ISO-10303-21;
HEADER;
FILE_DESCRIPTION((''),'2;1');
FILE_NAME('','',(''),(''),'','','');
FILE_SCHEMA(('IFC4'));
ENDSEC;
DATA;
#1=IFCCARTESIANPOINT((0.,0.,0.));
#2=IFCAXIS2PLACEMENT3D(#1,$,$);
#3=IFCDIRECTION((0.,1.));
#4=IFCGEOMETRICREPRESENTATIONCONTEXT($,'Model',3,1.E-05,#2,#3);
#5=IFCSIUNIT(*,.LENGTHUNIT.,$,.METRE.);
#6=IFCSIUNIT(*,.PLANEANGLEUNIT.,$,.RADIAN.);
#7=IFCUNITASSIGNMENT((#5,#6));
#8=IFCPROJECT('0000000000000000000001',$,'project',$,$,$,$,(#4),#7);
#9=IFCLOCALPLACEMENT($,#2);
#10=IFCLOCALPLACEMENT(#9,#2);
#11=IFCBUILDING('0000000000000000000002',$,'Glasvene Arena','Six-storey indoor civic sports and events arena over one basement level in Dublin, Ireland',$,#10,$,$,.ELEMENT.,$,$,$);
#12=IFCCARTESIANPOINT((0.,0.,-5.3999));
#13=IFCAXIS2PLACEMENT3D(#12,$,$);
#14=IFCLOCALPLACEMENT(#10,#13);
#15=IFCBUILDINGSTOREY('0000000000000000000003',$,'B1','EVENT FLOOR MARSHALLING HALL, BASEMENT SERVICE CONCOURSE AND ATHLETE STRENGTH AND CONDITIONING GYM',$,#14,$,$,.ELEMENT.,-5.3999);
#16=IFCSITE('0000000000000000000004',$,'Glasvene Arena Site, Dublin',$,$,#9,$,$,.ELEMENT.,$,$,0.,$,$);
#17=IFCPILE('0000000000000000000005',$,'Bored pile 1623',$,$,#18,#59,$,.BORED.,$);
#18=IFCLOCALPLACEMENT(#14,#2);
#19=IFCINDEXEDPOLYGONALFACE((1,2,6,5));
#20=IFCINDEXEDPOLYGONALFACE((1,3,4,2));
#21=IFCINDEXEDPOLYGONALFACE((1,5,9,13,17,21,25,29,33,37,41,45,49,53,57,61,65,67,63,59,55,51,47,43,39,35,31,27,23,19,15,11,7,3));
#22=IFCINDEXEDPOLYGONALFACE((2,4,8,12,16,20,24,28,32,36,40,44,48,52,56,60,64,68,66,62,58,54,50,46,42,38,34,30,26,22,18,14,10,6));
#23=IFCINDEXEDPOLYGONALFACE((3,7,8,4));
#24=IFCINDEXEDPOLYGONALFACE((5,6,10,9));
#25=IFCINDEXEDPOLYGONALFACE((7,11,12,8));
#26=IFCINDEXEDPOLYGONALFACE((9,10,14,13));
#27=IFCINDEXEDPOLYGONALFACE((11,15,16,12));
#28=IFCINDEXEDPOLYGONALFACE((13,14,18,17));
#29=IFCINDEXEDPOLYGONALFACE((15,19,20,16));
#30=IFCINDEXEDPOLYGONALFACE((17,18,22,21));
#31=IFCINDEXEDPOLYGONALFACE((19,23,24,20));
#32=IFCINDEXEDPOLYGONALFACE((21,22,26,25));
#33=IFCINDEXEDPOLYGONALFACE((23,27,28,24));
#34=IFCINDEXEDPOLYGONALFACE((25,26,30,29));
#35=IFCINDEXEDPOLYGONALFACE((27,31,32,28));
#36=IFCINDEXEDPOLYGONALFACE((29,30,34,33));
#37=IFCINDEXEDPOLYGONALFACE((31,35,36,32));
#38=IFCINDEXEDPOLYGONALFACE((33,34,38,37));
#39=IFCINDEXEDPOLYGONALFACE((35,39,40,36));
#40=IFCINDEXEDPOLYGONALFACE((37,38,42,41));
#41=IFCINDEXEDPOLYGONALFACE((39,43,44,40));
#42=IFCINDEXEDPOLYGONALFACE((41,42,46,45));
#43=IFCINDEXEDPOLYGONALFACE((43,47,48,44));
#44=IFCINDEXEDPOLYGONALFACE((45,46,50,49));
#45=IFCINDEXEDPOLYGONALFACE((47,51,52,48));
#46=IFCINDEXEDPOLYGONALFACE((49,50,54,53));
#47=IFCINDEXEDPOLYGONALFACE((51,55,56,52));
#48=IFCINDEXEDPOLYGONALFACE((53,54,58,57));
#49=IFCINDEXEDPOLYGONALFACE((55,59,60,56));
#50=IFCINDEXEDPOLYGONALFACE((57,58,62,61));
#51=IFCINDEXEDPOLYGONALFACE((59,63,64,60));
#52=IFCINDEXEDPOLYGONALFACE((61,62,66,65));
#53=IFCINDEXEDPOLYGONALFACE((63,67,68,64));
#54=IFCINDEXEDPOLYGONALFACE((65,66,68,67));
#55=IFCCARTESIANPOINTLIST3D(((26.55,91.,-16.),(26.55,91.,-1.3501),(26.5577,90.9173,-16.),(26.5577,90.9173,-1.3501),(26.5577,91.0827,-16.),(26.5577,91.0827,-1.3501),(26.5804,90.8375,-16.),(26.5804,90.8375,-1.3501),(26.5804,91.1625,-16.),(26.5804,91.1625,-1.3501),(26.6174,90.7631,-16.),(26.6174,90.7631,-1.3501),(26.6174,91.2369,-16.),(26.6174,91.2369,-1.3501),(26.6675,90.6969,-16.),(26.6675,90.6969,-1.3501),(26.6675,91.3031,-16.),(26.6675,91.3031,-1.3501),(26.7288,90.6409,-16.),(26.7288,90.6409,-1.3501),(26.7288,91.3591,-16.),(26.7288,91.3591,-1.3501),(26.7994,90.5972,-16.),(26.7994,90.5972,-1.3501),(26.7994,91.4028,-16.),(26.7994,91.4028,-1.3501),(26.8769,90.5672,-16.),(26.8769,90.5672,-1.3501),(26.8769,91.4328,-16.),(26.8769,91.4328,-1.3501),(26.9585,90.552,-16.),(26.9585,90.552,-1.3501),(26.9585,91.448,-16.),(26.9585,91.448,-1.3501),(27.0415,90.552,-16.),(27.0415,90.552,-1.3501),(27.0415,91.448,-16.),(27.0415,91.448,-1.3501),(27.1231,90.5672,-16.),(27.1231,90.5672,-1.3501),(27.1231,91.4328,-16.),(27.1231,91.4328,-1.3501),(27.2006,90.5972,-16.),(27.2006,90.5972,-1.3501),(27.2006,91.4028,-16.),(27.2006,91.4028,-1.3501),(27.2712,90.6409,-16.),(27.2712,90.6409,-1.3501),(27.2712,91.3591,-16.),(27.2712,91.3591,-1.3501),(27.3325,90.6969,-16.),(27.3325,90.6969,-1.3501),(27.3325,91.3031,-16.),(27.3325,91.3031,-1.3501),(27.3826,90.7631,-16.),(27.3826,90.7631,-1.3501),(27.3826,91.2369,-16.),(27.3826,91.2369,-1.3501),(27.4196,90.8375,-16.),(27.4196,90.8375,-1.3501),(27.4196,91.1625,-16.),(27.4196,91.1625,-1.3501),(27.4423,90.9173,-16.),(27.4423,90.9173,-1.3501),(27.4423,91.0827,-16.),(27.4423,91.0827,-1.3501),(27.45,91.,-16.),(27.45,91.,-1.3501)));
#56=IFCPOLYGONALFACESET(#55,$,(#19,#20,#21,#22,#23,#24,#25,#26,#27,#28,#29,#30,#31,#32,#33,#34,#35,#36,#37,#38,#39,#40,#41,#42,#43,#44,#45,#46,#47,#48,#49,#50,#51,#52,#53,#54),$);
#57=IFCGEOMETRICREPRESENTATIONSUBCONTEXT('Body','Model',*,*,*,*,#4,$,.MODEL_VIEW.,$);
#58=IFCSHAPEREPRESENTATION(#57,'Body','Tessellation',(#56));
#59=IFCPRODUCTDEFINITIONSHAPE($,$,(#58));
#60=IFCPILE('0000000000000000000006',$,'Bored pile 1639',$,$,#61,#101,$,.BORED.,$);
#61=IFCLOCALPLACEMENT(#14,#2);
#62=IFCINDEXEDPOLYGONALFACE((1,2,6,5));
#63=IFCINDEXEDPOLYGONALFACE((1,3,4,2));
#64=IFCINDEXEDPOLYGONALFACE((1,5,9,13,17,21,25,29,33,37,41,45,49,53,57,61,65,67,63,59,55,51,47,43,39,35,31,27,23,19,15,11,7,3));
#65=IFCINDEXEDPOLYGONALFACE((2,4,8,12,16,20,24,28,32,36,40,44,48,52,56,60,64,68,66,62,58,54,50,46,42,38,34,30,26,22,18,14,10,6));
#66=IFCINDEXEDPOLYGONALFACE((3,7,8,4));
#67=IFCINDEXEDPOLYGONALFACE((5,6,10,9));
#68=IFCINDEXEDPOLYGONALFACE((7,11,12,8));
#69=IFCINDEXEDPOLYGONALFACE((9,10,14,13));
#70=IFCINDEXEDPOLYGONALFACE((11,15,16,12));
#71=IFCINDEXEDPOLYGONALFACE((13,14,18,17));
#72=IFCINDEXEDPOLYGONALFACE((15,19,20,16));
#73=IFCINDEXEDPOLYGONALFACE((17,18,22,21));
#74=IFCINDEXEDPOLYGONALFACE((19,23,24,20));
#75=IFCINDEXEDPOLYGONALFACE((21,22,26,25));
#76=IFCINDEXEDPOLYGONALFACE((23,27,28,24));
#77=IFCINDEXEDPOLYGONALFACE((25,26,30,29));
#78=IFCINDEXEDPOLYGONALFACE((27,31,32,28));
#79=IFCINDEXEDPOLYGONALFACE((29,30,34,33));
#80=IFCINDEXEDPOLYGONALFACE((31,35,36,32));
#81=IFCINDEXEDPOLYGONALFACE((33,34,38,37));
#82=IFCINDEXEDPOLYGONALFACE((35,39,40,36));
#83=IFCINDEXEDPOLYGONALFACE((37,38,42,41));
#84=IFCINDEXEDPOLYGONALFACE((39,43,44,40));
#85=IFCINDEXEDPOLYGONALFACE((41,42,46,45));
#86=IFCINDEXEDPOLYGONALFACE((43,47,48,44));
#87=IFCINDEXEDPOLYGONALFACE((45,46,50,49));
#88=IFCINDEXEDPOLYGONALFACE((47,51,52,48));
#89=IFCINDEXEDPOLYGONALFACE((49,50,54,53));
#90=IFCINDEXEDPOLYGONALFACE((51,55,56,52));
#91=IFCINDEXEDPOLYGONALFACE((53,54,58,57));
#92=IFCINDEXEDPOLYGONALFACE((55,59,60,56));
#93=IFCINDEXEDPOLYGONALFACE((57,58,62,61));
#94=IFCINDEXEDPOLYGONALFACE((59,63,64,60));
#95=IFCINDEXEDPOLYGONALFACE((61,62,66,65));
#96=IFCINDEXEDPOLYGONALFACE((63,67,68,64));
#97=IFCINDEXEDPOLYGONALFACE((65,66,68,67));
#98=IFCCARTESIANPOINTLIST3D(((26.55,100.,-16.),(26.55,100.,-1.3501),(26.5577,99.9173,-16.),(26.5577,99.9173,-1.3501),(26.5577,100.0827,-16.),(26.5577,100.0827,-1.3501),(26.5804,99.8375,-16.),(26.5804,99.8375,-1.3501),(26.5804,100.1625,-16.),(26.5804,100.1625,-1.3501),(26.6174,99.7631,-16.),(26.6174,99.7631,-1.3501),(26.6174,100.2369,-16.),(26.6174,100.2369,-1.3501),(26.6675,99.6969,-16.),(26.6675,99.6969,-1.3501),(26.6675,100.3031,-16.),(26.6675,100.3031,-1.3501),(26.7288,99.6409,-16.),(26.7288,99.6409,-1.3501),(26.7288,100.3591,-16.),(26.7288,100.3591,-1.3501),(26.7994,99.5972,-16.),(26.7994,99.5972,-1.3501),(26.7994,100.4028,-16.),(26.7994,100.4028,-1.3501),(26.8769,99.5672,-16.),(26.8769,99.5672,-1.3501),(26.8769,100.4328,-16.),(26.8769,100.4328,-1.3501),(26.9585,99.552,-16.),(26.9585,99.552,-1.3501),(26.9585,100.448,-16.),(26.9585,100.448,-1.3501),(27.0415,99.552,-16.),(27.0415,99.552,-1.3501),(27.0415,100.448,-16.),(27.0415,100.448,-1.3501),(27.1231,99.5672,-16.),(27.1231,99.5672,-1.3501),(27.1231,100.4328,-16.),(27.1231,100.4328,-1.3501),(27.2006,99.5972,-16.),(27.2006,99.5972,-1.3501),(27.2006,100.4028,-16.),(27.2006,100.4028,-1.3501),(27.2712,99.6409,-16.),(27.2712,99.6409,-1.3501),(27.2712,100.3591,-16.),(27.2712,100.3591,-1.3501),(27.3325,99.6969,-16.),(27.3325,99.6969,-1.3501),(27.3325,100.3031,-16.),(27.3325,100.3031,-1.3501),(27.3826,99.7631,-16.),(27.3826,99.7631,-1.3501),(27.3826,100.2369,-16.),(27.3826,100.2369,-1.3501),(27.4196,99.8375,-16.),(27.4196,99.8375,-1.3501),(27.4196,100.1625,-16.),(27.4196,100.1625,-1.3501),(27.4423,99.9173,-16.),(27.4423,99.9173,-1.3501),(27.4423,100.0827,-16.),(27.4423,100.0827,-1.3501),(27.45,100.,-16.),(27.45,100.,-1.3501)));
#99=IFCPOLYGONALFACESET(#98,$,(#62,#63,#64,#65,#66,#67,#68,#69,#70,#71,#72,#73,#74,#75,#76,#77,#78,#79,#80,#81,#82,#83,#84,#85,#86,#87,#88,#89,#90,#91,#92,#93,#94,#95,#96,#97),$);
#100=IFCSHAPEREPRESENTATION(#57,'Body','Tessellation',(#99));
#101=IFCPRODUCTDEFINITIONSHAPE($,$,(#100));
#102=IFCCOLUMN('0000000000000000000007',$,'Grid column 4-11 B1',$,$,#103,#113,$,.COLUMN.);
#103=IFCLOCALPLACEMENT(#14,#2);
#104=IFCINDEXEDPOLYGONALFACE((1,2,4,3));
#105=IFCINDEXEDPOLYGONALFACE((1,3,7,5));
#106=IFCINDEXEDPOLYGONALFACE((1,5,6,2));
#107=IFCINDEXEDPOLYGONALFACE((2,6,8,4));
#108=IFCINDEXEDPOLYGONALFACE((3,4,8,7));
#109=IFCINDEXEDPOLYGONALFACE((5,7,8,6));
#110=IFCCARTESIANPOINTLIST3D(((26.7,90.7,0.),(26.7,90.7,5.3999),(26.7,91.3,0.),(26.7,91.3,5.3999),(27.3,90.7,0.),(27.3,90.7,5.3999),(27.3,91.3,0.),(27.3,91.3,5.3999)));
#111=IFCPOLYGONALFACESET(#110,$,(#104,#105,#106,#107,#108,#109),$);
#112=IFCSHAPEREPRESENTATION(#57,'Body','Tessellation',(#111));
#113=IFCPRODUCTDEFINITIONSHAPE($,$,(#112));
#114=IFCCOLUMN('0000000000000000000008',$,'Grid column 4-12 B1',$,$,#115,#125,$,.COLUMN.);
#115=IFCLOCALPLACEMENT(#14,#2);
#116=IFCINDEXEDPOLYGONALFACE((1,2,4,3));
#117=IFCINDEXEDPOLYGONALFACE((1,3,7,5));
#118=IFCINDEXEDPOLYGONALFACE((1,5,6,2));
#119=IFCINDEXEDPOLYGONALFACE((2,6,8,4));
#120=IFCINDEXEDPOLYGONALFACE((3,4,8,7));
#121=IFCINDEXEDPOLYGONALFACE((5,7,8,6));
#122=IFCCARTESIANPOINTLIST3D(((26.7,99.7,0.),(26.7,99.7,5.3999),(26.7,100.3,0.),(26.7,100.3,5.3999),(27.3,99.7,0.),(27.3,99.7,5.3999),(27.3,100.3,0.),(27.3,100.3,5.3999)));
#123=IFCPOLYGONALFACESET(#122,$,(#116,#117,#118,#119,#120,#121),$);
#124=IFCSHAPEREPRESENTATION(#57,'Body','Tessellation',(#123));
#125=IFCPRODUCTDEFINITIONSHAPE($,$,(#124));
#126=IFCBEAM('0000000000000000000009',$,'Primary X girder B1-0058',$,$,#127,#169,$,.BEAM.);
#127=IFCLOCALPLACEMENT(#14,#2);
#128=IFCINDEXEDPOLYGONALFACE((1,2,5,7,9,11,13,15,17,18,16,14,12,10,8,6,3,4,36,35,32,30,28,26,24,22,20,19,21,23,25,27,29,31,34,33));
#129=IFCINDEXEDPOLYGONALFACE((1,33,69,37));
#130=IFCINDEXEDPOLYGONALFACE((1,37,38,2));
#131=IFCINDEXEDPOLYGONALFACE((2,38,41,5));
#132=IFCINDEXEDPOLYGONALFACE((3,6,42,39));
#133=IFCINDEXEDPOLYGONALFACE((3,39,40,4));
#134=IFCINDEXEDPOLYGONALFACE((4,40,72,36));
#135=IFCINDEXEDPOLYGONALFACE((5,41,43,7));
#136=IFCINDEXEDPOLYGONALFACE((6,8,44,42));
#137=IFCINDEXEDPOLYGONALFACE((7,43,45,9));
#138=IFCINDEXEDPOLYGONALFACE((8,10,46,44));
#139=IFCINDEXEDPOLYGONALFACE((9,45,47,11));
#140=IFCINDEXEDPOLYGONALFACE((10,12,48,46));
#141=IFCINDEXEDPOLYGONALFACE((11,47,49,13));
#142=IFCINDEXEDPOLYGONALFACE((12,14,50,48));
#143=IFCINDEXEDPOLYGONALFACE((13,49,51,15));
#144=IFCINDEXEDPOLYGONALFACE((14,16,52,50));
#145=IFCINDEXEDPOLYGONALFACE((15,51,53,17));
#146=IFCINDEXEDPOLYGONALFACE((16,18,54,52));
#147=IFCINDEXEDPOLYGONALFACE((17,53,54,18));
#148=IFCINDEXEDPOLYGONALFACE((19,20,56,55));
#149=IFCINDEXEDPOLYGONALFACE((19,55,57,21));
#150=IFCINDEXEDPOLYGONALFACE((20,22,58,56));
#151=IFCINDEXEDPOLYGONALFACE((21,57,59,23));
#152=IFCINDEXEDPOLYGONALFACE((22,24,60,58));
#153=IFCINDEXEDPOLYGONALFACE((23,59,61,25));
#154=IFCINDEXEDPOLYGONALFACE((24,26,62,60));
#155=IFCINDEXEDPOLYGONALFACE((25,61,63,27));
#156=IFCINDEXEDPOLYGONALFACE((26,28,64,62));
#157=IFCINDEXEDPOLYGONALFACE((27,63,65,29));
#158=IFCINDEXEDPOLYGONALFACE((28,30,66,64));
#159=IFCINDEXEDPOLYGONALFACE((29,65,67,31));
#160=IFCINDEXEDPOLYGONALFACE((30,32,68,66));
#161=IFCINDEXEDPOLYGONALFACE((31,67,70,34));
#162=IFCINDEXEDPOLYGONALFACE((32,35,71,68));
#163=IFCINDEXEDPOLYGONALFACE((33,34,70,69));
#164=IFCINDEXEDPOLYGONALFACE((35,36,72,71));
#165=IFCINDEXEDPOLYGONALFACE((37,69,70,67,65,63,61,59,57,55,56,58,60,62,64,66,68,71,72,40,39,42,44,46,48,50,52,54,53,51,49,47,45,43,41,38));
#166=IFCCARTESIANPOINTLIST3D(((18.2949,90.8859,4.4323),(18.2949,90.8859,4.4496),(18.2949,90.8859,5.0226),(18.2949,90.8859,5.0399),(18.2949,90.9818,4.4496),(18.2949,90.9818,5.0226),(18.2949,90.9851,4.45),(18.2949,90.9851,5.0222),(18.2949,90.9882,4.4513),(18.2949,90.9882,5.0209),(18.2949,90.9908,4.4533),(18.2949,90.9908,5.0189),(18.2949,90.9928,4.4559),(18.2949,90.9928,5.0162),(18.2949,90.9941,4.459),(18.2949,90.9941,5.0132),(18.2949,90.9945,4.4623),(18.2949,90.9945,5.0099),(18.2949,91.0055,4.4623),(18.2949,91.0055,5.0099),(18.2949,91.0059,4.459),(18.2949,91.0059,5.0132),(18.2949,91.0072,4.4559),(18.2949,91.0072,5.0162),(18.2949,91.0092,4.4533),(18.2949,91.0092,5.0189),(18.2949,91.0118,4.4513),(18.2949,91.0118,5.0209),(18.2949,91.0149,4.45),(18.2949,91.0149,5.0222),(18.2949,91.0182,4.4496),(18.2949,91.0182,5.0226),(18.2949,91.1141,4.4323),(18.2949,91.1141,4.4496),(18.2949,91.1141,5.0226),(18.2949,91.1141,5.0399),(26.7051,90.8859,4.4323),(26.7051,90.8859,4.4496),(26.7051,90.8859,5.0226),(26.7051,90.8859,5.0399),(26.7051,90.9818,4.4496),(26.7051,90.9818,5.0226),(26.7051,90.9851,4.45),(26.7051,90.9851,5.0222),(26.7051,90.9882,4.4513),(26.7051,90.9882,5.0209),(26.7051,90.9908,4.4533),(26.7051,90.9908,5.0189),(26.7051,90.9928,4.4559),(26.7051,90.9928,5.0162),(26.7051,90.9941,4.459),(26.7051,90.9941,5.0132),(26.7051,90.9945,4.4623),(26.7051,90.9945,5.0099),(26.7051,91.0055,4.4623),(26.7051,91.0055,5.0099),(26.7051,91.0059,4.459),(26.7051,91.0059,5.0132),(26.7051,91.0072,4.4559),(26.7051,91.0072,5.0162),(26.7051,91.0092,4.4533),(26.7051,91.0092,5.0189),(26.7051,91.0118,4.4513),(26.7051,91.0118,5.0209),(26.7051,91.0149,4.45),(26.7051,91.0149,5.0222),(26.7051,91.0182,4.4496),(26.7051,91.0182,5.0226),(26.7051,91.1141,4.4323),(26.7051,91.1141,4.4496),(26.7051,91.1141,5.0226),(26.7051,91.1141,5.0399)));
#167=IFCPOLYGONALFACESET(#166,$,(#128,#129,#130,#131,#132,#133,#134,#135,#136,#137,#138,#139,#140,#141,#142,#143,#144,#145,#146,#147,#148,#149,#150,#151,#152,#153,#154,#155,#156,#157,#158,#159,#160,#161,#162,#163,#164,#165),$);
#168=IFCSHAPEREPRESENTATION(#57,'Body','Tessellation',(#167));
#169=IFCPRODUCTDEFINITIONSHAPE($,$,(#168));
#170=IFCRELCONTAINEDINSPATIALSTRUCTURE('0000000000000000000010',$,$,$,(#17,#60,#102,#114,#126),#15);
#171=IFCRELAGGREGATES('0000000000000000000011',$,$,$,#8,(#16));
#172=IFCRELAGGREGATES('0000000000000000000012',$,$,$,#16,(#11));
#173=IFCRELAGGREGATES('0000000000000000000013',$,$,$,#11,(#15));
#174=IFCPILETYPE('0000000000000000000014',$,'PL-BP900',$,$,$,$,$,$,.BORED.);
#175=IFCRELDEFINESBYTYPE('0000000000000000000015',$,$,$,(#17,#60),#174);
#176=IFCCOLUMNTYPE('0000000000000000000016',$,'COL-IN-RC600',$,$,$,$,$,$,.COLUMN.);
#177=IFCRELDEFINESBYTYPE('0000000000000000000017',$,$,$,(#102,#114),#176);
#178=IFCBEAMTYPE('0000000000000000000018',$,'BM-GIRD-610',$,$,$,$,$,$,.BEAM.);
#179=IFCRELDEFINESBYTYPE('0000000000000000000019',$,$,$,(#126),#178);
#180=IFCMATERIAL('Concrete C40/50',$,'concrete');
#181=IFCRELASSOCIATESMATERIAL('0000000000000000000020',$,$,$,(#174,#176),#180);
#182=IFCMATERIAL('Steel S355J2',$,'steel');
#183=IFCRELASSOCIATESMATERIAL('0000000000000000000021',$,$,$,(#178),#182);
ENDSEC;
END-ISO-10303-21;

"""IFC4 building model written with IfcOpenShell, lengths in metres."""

from ifc_helpers import new_model, si_unit, direction, frame, origin, origin_2d, place, context, subcontext, project, spatial, rectangle, circle, i_section, extrude, material, material_profile, profile_set, type_object, element, save


model = new_model("IFC4")

# Units and contexts
model_context = context("Model", 3, precision=1e-05, world=origin(), true_north=direction((0.0, 1.0)))
body_context = subcontext(model_context, "Body", "Model", "MODEL_VIEW")
ifc_project = project(units=[si_unit("LENGTHUNIT", "METRE"), si_unit("PLANEANGLEUNIT", "RADIAN")], contexts=[model_context])

# Site, building, storey
site_placement = place(None, origin())
site = spatial("IfcSite", under=ifc_project, at=site_placement, Name="Glasvene Arena Site, Dublin", CompositionType="ELEMENT", RefElevation=0.0)
building_placement = place(site_placement, origin())
building = spatial("IfcBuilding", under=site, at=building_placement, Name="Glasvene Arena", Description="Six-storey indoor civic sports and events arena over one basement level in Dublin, Ireland", CompositionType="ELEMENT")
storey_placement = place(building_placement, frame((0.0, 0.0, -5.3999)))
storey = spatial("IfcBuildingStorey", under=building, at=storey_placement, Name="B1", Description="EVENT FLOOR MARSHALLING HALL, BASEMENT SERVICE CONCOURSE AND ATHLETE STRENGTH AND CONDITIONING GYM", CompositionType="ELEMENT", Elevation=-5.3999)

# Shared definitions
ifc_material_1 = material(Name="Concrete C40/50", Category="concrete")

# Piles
ifc_material_profile_1 = material_profile(ifc_material_1, circle(Radius=0.45, at=origin_2d()), Name="BORED PILE 900")
ifc_profile_set_1 = profile_set([ifc_material_profile_1], Name="Concrete C40/50")
pile_type_1 = type_object("IfcPileType", Name="PL-BP900", PredefinedType="BORED", material=ifc_profile_set_1)
for number, where, z_axis, x_axis, name in (
    (1, (27.0, 91.0, -1.3501), (0.0, 0.0, -1.0), (1.0, 0.0, 0.0), "Bored pile 1623"),
    (2, (27.0, 100.0, -1.3501), (0.0, 0.0, -1.0), (1.0, 0.0, 0.0), "Bored pile 1639"),
):
    element("IfcPile", number, at=place(storey_placement, frame(where, z_axis=z_axis, x_axis=x_axis)), inside=storey, type_object=pile_type_1, Name=name, PredefinedType="BORED", context=body_context, shape_type="SweptSolid", body=[
        extrude(circle(Radius=0.45, at=origin_2d()), origin(), (0.0, 0.0, 1.0), 14.6499),
    ])

# Columns
ifc_material_profile_2 = material_profile(ifc_material_1, rectangle(XDim=0.6001, YDim=0.6001, at=origin_2d()), Name="RC 600x600")
ifc_profile_set_2 = profile_set([ifc_material_profile_2], Name="Concrete C40/50")
column_type = type_object("IfcColumnType", Name="COL-IN-RC600", PredefinedType="COLUMN", material=ifc_profile_set_2)
for number, where, z_axis, x_axis, name in (
    (3, (27.0, 91.0, 0.0), (0.0, 0.0, 1.0), (1.0, 0.0, 0.0), "Grid column 4-11 B1"),
    (4, (27.0, 100.0, 0.0), (0.0, 0.0, 1.0), (1.0, 0.0, 0.0), "Grid column 4-12 B1"),
):
    element("IfcColumn", number, at=place(storey_placement, frame(where, z_axis=z_axis, x_axis=x_axis)), inside=storey, type_object=column_type, Name=name, PredefinedType="COLUMN", context=body_context, shape_type="SweptSolid", body=[
        extrude(rectangle(XDim=0.6001, YDim=0.6001, at=origin_2d()), origin(), (0.0, 0.0, 1.0), 5.3999),
    ])

# Beam
ifc_material_2 = material(Name="Steel S355J2", Category="steel")
ifc_material_profile_3 = material_profile(ifc_material_2, i_section(OverallWidth=0.2283, OverallDepth=0.6077, WebThickness=0.011, FlangeThickness=0.0173, FilletRadius=0.0127, at=origin_2d()), Name="UKB 610x229x113")
ifc_profile_set_3 = profile_set([ifc_material_profile_3], Name="Steel S355J2")
beam_type_1 = type_object("IfcBeamType", Name="BM-GIRD-610", PredefinedType="BEAM", material=ifc_profile_set_3)
for number, where, z_axis, x_axis, name in (
    (5, (18.2949, 91.0, 4.7361), (1.0, 0.0, 0.0), (0.0, 1.0, 0.0), "Primary X girder B1-0058"),
):
    element("IfcBeam", number, at=place(storey_placement, frame(where, z_axis=z_axis, x_axis=x_axis)), inside=storey, type_object=beam_type_1, Name=name, PredefinedType="BEAM", context=body_context, shape_type="SweptSolid", body=[
        extrude(i_section(OverallWidth=0.2283, OverallDepth=0.6077, WebThickness=0.011, FlangeThickness=0.0173, FilletRadius=0.0127, at=origin_2d()), origin(), (0.0, 0.0, 1.0), 8.4102),
    ])

save(model, "model.ifc")
